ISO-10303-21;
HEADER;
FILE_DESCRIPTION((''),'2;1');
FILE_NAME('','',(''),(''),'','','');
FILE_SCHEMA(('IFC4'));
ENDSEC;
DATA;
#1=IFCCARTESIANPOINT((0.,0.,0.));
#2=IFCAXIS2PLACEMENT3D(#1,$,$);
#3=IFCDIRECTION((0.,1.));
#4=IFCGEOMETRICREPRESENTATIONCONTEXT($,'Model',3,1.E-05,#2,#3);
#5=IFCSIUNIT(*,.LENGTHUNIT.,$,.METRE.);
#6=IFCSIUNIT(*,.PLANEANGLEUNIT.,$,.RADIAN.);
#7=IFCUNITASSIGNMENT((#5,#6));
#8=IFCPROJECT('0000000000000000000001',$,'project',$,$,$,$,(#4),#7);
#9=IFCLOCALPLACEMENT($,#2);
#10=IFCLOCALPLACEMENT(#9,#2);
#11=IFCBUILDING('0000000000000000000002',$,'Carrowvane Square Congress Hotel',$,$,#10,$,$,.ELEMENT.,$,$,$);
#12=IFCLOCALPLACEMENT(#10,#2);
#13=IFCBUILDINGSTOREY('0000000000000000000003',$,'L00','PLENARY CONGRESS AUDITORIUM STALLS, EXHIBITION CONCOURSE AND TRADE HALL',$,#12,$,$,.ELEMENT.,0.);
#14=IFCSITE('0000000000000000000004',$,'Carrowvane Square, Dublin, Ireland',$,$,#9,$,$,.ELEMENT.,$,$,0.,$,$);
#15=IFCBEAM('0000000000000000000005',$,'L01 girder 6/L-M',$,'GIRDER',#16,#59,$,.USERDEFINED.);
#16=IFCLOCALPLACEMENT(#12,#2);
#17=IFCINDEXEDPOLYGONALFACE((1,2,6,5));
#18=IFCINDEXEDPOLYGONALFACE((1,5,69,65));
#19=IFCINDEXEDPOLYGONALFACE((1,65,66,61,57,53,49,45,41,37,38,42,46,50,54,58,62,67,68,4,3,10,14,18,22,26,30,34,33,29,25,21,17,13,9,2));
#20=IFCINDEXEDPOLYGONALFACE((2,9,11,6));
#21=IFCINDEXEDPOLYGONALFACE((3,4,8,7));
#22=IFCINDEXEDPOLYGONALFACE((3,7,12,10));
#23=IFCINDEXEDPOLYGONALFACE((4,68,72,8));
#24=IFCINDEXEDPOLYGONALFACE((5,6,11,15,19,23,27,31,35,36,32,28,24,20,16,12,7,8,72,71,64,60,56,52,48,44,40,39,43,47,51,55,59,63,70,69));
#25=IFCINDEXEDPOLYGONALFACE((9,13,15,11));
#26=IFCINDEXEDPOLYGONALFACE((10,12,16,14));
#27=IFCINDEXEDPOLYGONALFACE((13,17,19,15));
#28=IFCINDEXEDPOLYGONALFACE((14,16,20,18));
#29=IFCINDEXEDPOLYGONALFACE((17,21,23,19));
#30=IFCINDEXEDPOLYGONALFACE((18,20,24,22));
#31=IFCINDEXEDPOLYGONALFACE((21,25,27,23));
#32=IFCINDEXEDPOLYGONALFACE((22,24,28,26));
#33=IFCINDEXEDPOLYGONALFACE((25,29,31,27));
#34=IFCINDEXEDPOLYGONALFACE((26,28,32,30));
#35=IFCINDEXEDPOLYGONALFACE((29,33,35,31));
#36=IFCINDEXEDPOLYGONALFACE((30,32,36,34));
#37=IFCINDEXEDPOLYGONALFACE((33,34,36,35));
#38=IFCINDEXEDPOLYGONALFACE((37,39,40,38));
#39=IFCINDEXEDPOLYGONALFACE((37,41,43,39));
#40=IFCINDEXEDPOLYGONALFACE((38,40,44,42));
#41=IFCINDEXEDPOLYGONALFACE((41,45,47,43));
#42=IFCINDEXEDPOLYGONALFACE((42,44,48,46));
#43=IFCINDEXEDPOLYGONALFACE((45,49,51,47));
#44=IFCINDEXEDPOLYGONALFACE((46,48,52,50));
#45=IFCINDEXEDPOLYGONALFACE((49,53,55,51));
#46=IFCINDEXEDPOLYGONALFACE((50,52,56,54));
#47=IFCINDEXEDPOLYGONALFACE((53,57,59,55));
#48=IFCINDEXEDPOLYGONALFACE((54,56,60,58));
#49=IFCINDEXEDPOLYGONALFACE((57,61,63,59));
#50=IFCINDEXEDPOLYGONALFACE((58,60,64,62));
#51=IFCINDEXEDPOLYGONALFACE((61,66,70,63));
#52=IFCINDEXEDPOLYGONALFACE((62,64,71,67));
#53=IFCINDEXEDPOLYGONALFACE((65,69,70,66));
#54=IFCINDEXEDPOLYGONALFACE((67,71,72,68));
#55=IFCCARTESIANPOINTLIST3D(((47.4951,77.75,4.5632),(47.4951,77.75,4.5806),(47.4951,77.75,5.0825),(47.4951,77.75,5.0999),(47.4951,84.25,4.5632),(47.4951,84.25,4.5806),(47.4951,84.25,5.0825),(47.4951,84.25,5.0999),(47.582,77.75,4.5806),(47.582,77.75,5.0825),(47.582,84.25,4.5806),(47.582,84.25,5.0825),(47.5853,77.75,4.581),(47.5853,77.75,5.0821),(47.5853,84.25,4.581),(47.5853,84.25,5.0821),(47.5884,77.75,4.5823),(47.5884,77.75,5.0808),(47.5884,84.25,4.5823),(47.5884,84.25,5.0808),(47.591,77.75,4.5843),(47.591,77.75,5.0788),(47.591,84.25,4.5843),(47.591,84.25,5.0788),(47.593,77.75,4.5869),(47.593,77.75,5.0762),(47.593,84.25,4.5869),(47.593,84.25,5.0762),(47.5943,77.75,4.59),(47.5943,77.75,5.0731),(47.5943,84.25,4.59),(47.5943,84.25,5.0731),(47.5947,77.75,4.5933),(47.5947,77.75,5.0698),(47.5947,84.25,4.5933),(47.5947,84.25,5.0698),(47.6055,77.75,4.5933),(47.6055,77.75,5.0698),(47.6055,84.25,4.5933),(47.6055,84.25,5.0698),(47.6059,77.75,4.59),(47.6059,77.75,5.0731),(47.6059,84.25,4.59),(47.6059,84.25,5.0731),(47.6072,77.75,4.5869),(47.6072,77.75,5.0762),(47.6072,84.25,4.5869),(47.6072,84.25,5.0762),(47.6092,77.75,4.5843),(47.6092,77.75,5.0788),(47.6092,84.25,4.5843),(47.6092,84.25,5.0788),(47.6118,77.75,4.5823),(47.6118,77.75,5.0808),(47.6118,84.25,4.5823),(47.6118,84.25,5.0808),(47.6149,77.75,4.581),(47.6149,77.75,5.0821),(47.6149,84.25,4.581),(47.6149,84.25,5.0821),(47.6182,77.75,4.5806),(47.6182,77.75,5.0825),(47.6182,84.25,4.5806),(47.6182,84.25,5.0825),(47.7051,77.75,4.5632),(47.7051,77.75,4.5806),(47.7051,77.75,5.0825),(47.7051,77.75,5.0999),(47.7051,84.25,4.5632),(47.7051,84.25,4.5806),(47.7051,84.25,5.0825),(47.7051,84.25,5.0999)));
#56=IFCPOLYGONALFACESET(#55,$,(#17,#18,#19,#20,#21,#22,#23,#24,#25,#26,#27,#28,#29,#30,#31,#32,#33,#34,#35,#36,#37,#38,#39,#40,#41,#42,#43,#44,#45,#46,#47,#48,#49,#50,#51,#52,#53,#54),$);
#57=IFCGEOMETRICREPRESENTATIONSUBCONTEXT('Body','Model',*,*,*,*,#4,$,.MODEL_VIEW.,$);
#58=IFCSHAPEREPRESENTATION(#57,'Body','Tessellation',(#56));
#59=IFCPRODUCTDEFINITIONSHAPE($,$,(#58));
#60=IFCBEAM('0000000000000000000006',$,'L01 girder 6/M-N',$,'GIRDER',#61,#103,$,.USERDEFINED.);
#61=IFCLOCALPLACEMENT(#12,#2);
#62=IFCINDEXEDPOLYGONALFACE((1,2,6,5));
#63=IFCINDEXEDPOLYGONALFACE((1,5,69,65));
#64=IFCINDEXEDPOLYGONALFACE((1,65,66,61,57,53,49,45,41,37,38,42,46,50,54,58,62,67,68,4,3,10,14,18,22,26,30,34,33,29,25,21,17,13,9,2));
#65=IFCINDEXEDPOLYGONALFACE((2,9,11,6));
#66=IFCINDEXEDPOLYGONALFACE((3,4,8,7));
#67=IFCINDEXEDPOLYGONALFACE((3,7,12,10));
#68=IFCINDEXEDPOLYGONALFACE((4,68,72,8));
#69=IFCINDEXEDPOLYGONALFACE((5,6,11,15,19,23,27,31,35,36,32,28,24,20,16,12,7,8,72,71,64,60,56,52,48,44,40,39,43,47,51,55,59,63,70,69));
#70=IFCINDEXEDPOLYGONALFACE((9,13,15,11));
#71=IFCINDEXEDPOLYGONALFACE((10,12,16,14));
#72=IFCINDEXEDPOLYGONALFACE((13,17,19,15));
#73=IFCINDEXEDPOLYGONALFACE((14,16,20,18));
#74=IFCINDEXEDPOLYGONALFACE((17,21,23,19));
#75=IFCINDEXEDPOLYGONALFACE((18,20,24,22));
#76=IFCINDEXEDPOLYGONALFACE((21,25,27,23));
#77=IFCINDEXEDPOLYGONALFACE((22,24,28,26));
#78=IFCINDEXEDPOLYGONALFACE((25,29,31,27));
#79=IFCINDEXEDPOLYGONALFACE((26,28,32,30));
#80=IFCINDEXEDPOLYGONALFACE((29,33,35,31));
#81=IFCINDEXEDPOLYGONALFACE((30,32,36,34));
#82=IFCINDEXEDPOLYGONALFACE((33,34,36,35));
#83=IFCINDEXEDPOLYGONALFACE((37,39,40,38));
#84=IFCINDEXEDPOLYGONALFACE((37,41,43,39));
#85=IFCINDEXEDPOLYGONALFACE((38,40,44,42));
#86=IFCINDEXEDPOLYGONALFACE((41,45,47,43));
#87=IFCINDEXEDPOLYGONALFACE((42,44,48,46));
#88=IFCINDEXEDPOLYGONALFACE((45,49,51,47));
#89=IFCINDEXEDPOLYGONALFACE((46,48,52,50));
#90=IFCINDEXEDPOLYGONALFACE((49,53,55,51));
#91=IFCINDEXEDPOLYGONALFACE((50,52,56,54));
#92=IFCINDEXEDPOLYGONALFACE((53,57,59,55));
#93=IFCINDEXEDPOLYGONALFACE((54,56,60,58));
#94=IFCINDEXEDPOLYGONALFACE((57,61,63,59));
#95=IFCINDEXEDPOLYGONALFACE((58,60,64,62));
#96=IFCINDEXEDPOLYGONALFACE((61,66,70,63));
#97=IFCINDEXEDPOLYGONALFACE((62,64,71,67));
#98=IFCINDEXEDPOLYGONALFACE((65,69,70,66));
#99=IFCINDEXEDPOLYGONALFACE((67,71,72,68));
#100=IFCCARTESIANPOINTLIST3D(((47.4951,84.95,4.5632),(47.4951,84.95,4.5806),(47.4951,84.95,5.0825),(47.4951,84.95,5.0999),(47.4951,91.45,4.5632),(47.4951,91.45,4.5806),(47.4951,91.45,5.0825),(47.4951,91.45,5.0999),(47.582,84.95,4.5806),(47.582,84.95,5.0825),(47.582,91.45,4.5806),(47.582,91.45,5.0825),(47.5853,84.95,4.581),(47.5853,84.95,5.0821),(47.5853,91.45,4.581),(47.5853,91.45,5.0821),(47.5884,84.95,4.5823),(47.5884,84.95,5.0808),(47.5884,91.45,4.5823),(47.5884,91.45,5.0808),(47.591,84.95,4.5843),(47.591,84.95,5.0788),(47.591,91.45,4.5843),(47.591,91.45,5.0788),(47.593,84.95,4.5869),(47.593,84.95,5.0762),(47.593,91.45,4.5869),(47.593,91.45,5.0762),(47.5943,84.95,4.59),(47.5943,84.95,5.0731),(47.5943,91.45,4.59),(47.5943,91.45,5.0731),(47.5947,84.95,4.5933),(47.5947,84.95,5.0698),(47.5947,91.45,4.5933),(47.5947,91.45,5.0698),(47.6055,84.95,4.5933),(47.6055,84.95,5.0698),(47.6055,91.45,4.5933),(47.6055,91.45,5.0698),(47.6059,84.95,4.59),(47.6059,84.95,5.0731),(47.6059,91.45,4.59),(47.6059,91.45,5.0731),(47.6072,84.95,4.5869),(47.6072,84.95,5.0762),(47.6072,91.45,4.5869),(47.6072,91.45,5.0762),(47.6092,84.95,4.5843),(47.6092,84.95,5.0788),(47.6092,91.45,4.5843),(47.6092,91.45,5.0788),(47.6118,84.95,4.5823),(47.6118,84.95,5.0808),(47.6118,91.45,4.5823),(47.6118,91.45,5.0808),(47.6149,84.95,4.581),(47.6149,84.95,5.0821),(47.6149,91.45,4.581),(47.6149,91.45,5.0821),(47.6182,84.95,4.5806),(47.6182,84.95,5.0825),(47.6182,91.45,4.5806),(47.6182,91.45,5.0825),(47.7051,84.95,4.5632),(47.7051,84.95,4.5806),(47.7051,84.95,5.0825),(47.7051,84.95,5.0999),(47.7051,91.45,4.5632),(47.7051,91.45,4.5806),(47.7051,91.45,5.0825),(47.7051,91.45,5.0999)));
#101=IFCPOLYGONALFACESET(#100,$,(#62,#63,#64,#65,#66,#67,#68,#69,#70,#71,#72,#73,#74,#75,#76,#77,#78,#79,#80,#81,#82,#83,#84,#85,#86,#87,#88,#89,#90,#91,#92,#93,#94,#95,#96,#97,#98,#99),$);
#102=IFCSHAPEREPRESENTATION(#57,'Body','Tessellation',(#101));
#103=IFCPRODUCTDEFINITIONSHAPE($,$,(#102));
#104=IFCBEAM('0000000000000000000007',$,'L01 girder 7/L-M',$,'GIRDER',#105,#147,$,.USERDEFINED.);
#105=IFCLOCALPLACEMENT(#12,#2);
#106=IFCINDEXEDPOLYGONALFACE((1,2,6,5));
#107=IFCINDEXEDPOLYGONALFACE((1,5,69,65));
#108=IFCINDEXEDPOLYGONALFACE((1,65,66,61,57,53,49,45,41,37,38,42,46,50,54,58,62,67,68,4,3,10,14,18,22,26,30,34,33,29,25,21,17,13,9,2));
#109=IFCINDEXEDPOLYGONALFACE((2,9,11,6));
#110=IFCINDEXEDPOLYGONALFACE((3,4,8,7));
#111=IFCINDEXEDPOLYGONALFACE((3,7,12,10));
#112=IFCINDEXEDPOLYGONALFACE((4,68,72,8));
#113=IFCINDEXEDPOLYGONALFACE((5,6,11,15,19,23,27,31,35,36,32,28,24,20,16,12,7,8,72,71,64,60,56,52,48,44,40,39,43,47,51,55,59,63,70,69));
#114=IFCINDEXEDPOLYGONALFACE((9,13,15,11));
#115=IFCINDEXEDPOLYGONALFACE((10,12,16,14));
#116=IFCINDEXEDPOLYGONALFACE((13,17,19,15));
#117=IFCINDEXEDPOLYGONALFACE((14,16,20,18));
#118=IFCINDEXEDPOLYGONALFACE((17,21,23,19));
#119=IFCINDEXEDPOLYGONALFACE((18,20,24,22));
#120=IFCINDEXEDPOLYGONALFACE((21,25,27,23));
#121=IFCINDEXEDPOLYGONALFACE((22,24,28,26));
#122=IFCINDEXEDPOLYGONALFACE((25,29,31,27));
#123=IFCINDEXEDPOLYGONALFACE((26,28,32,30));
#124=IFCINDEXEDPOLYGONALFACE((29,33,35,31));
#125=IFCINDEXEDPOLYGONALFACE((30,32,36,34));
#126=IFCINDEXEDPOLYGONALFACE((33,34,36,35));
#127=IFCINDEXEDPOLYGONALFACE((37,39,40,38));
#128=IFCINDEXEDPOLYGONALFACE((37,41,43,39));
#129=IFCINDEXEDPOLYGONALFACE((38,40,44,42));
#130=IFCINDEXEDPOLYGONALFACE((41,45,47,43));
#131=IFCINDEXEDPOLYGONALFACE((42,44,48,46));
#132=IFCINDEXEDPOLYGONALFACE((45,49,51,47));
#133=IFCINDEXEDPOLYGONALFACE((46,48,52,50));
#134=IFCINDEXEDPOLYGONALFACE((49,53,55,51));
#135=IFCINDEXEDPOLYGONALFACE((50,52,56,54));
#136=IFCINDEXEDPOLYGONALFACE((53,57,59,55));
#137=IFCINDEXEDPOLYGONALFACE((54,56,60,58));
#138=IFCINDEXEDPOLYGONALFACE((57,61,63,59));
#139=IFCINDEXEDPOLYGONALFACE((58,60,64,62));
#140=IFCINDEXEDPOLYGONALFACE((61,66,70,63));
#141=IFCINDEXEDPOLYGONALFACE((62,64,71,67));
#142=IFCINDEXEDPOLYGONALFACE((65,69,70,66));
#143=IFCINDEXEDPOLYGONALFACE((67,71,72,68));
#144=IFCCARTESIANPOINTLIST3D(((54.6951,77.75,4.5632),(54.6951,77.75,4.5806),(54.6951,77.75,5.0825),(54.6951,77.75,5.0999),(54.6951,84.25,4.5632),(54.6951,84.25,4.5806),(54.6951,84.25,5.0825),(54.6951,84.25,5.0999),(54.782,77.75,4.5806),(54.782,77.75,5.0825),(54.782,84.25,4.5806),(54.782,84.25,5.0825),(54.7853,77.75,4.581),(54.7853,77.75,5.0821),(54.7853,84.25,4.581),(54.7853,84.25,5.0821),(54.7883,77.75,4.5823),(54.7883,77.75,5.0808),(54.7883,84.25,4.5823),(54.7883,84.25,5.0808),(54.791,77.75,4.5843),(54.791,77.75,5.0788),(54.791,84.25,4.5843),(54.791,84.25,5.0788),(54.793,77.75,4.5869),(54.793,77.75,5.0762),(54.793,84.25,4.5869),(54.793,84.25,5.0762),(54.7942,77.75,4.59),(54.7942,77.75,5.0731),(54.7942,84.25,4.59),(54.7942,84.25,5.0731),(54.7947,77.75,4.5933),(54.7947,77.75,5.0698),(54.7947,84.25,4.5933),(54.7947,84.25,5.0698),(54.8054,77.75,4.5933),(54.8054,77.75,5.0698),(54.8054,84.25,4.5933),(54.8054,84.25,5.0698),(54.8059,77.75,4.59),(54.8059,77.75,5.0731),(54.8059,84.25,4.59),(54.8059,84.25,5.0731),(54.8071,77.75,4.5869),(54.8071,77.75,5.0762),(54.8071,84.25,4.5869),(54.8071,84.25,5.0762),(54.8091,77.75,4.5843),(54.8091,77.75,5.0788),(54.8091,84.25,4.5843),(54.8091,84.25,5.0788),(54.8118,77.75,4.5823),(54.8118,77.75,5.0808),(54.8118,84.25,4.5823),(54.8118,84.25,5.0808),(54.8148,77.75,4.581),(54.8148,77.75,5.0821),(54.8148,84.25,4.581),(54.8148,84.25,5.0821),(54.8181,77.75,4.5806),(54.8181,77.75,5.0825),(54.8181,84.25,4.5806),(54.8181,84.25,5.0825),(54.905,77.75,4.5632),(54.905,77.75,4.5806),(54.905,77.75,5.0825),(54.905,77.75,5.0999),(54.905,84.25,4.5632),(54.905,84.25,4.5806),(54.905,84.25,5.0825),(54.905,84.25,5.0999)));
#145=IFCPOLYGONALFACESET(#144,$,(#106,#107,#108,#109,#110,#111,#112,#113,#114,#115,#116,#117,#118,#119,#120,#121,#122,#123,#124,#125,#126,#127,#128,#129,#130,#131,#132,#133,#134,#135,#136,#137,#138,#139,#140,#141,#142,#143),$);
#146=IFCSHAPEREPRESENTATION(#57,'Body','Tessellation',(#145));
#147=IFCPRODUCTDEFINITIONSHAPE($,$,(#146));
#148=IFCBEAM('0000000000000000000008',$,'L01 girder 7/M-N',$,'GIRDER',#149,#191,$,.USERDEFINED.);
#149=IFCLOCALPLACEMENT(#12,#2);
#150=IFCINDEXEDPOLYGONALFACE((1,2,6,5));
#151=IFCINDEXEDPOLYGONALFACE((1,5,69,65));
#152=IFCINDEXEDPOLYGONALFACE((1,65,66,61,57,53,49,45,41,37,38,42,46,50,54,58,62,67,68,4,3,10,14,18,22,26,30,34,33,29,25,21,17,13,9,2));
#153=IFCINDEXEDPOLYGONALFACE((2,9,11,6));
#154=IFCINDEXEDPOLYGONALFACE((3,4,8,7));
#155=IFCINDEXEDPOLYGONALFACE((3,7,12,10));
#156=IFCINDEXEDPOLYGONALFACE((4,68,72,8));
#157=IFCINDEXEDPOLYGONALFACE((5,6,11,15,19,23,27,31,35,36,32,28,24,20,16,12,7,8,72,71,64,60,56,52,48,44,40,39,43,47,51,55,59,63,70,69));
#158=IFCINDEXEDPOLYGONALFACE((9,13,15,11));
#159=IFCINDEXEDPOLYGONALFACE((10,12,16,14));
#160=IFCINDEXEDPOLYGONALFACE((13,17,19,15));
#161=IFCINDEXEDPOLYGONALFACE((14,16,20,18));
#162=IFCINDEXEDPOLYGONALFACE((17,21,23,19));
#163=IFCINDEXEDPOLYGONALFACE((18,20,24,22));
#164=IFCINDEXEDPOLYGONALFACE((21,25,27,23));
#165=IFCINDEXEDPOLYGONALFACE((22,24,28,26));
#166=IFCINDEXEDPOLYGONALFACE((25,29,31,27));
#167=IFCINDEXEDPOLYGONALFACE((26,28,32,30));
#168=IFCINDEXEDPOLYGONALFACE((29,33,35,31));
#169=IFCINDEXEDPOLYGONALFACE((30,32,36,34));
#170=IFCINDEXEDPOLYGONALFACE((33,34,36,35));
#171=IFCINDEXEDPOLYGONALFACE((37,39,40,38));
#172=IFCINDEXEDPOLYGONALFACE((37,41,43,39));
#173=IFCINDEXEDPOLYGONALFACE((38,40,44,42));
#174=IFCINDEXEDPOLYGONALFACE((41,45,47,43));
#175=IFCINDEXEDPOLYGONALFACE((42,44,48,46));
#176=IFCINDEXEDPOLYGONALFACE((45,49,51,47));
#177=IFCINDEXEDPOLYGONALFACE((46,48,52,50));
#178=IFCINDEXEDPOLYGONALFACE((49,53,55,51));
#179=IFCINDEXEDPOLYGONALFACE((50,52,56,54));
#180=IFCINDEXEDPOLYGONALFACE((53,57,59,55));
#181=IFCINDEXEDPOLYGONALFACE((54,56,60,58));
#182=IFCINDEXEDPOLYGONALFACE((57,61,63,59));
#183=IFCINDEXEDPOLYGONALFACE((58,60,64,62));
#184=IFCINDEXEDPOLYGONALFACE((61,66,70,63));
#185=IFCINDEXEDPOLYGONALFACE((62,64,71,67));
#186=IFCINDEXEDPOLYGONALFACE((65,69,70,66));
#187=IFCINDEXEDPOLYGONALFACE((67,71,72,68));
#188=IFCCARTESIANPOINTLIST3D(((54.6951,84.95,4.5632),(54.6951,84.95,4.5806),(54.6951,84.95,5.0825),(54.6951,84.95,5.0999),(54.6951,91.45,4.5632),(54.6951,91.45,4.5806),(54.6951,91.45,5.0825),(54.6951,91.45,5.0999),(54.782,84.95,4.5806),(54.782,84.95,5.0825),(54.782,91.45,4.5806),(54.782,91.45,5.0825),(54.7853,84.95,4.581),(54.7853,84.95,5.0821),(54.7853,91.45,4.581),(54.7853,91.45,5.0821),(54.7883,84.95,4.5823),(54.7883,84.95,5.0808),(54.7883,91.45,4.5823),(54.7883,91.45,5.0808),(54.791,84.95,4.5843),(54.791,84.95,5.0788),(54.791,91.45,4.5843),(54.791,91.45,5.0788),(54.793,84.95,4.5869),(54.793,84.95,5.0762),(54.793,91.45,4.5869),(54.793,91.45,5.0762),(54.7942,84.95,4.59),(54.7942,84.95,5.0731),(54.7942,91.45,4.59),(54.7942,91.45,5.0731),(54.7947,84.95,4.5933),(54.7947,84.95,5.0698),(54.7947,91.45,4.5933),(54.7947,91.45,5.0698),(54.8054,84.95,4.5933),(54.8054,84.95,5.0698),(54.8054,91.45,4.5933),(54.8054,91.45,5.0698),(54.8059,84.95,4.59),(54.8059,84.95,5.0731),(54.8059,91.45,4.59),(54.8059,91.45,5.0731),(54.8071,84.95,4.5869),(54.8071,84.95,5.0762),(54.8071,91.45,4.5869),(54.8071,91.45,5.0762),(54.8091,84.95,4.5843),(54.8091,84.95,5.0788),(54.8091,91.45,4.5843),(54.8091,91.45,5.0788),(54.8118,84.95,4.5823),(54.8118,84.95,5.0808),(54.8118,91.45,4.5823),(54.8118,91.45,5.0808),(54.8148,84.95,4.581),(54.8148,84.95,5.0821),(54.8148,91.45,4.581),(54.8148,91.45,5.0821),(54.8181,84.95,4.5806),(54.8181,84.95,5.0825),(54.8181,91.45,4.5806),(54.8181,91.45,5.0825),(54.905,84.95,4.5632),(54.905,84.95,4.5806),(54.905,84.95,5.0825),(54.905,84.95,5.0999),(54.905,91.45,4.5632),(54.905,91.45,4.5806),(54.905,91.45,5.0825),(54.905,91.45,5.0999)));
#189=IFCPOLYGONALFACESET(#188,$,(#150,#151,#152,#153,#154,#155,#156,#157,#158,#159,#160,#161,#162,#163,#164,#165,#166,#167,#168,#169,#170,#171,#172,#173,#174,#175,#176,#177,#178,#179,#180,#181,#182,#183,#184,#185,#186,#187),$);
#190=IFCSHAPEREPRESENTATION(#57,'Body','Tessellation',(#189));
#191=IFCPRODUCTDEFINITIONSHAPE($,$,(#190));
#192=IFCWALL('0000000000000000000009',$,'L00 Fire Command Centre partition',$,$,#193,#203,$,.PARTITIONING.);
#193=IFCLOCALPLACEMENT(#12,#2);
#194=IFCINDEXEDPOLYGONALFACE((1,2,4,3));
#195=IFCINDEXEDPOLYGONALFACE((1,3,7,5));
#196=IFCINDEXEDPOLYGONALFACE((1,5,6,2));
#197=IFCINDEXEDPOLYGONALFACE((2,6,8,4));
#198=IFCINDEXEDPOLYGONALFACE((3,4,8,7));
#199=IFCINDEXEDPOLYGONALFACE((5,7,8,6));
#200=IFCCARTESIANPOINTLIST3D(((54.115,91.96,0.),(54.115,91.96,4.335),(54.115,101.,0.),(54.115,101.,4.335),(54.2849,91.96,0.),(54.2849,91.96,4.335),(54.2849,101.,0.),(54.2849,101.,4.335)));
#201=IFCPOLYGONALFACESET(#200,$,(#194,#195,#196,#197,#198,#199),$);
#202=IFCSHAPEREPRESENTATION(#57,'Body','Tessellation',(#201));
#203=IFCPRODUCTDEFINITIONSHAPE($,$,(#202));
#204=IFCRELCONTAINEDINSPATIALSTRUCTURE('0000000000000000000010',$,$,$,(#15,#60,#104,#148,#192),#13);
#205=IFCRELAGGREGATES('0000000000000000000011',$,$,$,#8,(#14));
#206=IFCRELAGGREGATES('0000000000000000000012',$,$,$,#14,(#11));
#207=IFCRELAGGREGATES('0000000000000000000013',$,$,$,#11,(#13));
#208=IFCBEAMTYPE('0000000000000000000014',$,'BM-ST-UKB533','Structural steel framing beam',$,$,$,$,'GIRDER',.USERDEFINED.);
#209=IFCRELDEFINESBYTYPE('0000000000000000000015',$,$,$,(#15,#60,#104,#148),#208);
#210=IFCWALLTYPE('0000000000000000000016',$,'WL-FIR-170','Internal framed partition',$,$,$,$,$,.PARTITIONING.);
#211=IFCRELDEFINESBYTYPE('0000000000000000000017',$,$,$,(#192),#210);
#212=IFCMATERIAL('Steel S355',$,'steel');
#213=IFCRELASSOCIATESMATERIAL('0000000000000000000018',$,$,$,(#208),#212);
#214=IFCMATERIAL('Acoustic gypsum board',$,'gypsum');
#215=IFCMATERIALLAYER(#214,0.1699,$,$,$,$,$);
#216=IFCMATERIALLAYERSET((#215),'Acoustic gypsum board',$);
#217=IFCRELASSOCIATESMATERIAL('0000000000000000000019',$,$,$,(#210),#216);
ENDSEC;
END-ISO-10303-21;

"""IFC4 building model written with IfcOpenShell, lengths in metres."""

from ifc_helpers import new_model, si_unit, direction, frame, frame_2d, origin, origin_2d, place, context, subcontext, project, spatial, rectangle, i_section, extrude, material, layer, layer_set, material_profile, profile_set, type_object, element, save


model = new_model("IFC4")

# Units and contexts
model_context = context("Model", 3, precision=1e-05, world=origin(), true_north=direction((0.0, 1.0)))
body_context = subcontext(model_context, "Body", "Model", "MODEL_VIEW")
ifc_project = project(units=[si_unit("LENGTHUNIT", "METRE"), si_unit("PLANEANGLEUNIT", "RADIAN")], contexts=[model_context])

# Site, building, storey
site_placement = place(None, origin())
site = spatial("IfcSite", under=ifc_project, at=site_placement, Name="Carrowvane Square, Dublin, Ireland", CompositionType="ELEMENT", RefElevation=0.0)
building_placement = place(site_placement, origin())
building = spatial("IfcBuilding", under=site, at=building_placement, Name="Carrowvane Square Congress Hotel", CompositionType="ELEMENT")
storey_placement = place(building_placement, origin())
storey = spatial("IfcBuildingStorey", under=building, at=storey_placement, Name="L00", Description="PLENARY CONGRESS AUDITORIUM STALLS, EXHIBITION CONCOURSE AND TRADE HALL", CompositionType="ELEMENT", Elevation=0.0)

# Beams
ifc_material_1 = material(Name="Steel S355", Category="steel")
ifc_material_profile_1 = material_profile(ifc_material_1, i_section(OverallWidth=0.21, OverallDepth=0.5366, WebThickness=0.0107, FlangeThickness=0.0173, FilletRadius=0.0127, at=origin_2d()), Name="UKB 533x210x101")
ifc_profile_set_1 = profile_set([ifc_material_profile_1], Name="Steel S355")
beam_type_1 = type_object("IfcBeamType", Name="BM-ST-UKB533", Description="Structural steel framing beam", ElementType="GIRDER", PredefinedType="USERDEFINED", material=ifc_profile_set_1)
for number, where, z_axis, x_axis, name in (
    (1, (47.6001, 77.75, 4.8315), (0.0, 1.0, 0.0), (-1.0, 0.0, 0.0), "L01 girder 6/L-M"),
    (2, (47.6001, 84.95, 4.8315), (0.0, 1.0, 0.0), (-1.0, 0.0, 0.0), "L01 girder 6/M-N"),
    (3, (54.8, 77.75, 4.8315), (0.0, 1.0, 0.0), (-1.0, 0.0, 0.0), "L01 girder 7/L-M"),
    (4, (54.8, 84.95, 4.8315), (0.0, 1.0, 0.0), (-1.0, 0.0, 0.0), "L01 girder 7/M-N"),
):
    element("IfcBeam", number, at=place(storey_placement, frame(where, z_axis=z_axis, x_axis=x_axis)), inside=storey, type_object=beam_type_1, Name=name, ObjectType="GIRDER", PredefinedType="USERDEFINED", context=body_context, shape_type="SweptSolid", body=[
        extrude(i_section(OverallWidth=0.21, OverallDepth=0.5366, WebThickness=0.0107, FlangeThickness=0.0173, FilletRadius=0.0127, at=origin_2d()), origin(), (0.0, 0.0, 1.0), 6.5),
    ])

# Wall
ifc_material_2 = material(Name="Acoustic gypsum board", Category="gypsum")
ifc_layer_1 = layer(ifc_material_2, 0.1699)
ifc_layer_set_1 = layer_set([ifc_layer_1], Name="Acoustic gypsum board")
wall_type_1 = type_object("IfcWallType", Name="WL-FIR-170", Description="Internal framed partition", PredefinedType="PARTITIONING", material=ifc_layer_set_1)
wall_1_placement = place(storey_placement, frame((54.2, 91.96, 0.0), z_axis=(0.0, 0.0, 1.0), x_axis=(0.0, 1.0, 0.0)))
element("IfcWall", 5, at=wall_1_placement, inside=storey, type_object=wall_type_1, Name="L00 Fire Command Centre partition", PredefinedType="PARTITIONING", context=body_context, shape_type="SweptSolid", body=[
    extrude(rectangle(XDim=9.04, YDim=0.1699, at=frame_2d((4.52, 0.0))), origin(), (0.0, 0.0, 1.0), 4.335),
])

save(model, "model.ifc")
